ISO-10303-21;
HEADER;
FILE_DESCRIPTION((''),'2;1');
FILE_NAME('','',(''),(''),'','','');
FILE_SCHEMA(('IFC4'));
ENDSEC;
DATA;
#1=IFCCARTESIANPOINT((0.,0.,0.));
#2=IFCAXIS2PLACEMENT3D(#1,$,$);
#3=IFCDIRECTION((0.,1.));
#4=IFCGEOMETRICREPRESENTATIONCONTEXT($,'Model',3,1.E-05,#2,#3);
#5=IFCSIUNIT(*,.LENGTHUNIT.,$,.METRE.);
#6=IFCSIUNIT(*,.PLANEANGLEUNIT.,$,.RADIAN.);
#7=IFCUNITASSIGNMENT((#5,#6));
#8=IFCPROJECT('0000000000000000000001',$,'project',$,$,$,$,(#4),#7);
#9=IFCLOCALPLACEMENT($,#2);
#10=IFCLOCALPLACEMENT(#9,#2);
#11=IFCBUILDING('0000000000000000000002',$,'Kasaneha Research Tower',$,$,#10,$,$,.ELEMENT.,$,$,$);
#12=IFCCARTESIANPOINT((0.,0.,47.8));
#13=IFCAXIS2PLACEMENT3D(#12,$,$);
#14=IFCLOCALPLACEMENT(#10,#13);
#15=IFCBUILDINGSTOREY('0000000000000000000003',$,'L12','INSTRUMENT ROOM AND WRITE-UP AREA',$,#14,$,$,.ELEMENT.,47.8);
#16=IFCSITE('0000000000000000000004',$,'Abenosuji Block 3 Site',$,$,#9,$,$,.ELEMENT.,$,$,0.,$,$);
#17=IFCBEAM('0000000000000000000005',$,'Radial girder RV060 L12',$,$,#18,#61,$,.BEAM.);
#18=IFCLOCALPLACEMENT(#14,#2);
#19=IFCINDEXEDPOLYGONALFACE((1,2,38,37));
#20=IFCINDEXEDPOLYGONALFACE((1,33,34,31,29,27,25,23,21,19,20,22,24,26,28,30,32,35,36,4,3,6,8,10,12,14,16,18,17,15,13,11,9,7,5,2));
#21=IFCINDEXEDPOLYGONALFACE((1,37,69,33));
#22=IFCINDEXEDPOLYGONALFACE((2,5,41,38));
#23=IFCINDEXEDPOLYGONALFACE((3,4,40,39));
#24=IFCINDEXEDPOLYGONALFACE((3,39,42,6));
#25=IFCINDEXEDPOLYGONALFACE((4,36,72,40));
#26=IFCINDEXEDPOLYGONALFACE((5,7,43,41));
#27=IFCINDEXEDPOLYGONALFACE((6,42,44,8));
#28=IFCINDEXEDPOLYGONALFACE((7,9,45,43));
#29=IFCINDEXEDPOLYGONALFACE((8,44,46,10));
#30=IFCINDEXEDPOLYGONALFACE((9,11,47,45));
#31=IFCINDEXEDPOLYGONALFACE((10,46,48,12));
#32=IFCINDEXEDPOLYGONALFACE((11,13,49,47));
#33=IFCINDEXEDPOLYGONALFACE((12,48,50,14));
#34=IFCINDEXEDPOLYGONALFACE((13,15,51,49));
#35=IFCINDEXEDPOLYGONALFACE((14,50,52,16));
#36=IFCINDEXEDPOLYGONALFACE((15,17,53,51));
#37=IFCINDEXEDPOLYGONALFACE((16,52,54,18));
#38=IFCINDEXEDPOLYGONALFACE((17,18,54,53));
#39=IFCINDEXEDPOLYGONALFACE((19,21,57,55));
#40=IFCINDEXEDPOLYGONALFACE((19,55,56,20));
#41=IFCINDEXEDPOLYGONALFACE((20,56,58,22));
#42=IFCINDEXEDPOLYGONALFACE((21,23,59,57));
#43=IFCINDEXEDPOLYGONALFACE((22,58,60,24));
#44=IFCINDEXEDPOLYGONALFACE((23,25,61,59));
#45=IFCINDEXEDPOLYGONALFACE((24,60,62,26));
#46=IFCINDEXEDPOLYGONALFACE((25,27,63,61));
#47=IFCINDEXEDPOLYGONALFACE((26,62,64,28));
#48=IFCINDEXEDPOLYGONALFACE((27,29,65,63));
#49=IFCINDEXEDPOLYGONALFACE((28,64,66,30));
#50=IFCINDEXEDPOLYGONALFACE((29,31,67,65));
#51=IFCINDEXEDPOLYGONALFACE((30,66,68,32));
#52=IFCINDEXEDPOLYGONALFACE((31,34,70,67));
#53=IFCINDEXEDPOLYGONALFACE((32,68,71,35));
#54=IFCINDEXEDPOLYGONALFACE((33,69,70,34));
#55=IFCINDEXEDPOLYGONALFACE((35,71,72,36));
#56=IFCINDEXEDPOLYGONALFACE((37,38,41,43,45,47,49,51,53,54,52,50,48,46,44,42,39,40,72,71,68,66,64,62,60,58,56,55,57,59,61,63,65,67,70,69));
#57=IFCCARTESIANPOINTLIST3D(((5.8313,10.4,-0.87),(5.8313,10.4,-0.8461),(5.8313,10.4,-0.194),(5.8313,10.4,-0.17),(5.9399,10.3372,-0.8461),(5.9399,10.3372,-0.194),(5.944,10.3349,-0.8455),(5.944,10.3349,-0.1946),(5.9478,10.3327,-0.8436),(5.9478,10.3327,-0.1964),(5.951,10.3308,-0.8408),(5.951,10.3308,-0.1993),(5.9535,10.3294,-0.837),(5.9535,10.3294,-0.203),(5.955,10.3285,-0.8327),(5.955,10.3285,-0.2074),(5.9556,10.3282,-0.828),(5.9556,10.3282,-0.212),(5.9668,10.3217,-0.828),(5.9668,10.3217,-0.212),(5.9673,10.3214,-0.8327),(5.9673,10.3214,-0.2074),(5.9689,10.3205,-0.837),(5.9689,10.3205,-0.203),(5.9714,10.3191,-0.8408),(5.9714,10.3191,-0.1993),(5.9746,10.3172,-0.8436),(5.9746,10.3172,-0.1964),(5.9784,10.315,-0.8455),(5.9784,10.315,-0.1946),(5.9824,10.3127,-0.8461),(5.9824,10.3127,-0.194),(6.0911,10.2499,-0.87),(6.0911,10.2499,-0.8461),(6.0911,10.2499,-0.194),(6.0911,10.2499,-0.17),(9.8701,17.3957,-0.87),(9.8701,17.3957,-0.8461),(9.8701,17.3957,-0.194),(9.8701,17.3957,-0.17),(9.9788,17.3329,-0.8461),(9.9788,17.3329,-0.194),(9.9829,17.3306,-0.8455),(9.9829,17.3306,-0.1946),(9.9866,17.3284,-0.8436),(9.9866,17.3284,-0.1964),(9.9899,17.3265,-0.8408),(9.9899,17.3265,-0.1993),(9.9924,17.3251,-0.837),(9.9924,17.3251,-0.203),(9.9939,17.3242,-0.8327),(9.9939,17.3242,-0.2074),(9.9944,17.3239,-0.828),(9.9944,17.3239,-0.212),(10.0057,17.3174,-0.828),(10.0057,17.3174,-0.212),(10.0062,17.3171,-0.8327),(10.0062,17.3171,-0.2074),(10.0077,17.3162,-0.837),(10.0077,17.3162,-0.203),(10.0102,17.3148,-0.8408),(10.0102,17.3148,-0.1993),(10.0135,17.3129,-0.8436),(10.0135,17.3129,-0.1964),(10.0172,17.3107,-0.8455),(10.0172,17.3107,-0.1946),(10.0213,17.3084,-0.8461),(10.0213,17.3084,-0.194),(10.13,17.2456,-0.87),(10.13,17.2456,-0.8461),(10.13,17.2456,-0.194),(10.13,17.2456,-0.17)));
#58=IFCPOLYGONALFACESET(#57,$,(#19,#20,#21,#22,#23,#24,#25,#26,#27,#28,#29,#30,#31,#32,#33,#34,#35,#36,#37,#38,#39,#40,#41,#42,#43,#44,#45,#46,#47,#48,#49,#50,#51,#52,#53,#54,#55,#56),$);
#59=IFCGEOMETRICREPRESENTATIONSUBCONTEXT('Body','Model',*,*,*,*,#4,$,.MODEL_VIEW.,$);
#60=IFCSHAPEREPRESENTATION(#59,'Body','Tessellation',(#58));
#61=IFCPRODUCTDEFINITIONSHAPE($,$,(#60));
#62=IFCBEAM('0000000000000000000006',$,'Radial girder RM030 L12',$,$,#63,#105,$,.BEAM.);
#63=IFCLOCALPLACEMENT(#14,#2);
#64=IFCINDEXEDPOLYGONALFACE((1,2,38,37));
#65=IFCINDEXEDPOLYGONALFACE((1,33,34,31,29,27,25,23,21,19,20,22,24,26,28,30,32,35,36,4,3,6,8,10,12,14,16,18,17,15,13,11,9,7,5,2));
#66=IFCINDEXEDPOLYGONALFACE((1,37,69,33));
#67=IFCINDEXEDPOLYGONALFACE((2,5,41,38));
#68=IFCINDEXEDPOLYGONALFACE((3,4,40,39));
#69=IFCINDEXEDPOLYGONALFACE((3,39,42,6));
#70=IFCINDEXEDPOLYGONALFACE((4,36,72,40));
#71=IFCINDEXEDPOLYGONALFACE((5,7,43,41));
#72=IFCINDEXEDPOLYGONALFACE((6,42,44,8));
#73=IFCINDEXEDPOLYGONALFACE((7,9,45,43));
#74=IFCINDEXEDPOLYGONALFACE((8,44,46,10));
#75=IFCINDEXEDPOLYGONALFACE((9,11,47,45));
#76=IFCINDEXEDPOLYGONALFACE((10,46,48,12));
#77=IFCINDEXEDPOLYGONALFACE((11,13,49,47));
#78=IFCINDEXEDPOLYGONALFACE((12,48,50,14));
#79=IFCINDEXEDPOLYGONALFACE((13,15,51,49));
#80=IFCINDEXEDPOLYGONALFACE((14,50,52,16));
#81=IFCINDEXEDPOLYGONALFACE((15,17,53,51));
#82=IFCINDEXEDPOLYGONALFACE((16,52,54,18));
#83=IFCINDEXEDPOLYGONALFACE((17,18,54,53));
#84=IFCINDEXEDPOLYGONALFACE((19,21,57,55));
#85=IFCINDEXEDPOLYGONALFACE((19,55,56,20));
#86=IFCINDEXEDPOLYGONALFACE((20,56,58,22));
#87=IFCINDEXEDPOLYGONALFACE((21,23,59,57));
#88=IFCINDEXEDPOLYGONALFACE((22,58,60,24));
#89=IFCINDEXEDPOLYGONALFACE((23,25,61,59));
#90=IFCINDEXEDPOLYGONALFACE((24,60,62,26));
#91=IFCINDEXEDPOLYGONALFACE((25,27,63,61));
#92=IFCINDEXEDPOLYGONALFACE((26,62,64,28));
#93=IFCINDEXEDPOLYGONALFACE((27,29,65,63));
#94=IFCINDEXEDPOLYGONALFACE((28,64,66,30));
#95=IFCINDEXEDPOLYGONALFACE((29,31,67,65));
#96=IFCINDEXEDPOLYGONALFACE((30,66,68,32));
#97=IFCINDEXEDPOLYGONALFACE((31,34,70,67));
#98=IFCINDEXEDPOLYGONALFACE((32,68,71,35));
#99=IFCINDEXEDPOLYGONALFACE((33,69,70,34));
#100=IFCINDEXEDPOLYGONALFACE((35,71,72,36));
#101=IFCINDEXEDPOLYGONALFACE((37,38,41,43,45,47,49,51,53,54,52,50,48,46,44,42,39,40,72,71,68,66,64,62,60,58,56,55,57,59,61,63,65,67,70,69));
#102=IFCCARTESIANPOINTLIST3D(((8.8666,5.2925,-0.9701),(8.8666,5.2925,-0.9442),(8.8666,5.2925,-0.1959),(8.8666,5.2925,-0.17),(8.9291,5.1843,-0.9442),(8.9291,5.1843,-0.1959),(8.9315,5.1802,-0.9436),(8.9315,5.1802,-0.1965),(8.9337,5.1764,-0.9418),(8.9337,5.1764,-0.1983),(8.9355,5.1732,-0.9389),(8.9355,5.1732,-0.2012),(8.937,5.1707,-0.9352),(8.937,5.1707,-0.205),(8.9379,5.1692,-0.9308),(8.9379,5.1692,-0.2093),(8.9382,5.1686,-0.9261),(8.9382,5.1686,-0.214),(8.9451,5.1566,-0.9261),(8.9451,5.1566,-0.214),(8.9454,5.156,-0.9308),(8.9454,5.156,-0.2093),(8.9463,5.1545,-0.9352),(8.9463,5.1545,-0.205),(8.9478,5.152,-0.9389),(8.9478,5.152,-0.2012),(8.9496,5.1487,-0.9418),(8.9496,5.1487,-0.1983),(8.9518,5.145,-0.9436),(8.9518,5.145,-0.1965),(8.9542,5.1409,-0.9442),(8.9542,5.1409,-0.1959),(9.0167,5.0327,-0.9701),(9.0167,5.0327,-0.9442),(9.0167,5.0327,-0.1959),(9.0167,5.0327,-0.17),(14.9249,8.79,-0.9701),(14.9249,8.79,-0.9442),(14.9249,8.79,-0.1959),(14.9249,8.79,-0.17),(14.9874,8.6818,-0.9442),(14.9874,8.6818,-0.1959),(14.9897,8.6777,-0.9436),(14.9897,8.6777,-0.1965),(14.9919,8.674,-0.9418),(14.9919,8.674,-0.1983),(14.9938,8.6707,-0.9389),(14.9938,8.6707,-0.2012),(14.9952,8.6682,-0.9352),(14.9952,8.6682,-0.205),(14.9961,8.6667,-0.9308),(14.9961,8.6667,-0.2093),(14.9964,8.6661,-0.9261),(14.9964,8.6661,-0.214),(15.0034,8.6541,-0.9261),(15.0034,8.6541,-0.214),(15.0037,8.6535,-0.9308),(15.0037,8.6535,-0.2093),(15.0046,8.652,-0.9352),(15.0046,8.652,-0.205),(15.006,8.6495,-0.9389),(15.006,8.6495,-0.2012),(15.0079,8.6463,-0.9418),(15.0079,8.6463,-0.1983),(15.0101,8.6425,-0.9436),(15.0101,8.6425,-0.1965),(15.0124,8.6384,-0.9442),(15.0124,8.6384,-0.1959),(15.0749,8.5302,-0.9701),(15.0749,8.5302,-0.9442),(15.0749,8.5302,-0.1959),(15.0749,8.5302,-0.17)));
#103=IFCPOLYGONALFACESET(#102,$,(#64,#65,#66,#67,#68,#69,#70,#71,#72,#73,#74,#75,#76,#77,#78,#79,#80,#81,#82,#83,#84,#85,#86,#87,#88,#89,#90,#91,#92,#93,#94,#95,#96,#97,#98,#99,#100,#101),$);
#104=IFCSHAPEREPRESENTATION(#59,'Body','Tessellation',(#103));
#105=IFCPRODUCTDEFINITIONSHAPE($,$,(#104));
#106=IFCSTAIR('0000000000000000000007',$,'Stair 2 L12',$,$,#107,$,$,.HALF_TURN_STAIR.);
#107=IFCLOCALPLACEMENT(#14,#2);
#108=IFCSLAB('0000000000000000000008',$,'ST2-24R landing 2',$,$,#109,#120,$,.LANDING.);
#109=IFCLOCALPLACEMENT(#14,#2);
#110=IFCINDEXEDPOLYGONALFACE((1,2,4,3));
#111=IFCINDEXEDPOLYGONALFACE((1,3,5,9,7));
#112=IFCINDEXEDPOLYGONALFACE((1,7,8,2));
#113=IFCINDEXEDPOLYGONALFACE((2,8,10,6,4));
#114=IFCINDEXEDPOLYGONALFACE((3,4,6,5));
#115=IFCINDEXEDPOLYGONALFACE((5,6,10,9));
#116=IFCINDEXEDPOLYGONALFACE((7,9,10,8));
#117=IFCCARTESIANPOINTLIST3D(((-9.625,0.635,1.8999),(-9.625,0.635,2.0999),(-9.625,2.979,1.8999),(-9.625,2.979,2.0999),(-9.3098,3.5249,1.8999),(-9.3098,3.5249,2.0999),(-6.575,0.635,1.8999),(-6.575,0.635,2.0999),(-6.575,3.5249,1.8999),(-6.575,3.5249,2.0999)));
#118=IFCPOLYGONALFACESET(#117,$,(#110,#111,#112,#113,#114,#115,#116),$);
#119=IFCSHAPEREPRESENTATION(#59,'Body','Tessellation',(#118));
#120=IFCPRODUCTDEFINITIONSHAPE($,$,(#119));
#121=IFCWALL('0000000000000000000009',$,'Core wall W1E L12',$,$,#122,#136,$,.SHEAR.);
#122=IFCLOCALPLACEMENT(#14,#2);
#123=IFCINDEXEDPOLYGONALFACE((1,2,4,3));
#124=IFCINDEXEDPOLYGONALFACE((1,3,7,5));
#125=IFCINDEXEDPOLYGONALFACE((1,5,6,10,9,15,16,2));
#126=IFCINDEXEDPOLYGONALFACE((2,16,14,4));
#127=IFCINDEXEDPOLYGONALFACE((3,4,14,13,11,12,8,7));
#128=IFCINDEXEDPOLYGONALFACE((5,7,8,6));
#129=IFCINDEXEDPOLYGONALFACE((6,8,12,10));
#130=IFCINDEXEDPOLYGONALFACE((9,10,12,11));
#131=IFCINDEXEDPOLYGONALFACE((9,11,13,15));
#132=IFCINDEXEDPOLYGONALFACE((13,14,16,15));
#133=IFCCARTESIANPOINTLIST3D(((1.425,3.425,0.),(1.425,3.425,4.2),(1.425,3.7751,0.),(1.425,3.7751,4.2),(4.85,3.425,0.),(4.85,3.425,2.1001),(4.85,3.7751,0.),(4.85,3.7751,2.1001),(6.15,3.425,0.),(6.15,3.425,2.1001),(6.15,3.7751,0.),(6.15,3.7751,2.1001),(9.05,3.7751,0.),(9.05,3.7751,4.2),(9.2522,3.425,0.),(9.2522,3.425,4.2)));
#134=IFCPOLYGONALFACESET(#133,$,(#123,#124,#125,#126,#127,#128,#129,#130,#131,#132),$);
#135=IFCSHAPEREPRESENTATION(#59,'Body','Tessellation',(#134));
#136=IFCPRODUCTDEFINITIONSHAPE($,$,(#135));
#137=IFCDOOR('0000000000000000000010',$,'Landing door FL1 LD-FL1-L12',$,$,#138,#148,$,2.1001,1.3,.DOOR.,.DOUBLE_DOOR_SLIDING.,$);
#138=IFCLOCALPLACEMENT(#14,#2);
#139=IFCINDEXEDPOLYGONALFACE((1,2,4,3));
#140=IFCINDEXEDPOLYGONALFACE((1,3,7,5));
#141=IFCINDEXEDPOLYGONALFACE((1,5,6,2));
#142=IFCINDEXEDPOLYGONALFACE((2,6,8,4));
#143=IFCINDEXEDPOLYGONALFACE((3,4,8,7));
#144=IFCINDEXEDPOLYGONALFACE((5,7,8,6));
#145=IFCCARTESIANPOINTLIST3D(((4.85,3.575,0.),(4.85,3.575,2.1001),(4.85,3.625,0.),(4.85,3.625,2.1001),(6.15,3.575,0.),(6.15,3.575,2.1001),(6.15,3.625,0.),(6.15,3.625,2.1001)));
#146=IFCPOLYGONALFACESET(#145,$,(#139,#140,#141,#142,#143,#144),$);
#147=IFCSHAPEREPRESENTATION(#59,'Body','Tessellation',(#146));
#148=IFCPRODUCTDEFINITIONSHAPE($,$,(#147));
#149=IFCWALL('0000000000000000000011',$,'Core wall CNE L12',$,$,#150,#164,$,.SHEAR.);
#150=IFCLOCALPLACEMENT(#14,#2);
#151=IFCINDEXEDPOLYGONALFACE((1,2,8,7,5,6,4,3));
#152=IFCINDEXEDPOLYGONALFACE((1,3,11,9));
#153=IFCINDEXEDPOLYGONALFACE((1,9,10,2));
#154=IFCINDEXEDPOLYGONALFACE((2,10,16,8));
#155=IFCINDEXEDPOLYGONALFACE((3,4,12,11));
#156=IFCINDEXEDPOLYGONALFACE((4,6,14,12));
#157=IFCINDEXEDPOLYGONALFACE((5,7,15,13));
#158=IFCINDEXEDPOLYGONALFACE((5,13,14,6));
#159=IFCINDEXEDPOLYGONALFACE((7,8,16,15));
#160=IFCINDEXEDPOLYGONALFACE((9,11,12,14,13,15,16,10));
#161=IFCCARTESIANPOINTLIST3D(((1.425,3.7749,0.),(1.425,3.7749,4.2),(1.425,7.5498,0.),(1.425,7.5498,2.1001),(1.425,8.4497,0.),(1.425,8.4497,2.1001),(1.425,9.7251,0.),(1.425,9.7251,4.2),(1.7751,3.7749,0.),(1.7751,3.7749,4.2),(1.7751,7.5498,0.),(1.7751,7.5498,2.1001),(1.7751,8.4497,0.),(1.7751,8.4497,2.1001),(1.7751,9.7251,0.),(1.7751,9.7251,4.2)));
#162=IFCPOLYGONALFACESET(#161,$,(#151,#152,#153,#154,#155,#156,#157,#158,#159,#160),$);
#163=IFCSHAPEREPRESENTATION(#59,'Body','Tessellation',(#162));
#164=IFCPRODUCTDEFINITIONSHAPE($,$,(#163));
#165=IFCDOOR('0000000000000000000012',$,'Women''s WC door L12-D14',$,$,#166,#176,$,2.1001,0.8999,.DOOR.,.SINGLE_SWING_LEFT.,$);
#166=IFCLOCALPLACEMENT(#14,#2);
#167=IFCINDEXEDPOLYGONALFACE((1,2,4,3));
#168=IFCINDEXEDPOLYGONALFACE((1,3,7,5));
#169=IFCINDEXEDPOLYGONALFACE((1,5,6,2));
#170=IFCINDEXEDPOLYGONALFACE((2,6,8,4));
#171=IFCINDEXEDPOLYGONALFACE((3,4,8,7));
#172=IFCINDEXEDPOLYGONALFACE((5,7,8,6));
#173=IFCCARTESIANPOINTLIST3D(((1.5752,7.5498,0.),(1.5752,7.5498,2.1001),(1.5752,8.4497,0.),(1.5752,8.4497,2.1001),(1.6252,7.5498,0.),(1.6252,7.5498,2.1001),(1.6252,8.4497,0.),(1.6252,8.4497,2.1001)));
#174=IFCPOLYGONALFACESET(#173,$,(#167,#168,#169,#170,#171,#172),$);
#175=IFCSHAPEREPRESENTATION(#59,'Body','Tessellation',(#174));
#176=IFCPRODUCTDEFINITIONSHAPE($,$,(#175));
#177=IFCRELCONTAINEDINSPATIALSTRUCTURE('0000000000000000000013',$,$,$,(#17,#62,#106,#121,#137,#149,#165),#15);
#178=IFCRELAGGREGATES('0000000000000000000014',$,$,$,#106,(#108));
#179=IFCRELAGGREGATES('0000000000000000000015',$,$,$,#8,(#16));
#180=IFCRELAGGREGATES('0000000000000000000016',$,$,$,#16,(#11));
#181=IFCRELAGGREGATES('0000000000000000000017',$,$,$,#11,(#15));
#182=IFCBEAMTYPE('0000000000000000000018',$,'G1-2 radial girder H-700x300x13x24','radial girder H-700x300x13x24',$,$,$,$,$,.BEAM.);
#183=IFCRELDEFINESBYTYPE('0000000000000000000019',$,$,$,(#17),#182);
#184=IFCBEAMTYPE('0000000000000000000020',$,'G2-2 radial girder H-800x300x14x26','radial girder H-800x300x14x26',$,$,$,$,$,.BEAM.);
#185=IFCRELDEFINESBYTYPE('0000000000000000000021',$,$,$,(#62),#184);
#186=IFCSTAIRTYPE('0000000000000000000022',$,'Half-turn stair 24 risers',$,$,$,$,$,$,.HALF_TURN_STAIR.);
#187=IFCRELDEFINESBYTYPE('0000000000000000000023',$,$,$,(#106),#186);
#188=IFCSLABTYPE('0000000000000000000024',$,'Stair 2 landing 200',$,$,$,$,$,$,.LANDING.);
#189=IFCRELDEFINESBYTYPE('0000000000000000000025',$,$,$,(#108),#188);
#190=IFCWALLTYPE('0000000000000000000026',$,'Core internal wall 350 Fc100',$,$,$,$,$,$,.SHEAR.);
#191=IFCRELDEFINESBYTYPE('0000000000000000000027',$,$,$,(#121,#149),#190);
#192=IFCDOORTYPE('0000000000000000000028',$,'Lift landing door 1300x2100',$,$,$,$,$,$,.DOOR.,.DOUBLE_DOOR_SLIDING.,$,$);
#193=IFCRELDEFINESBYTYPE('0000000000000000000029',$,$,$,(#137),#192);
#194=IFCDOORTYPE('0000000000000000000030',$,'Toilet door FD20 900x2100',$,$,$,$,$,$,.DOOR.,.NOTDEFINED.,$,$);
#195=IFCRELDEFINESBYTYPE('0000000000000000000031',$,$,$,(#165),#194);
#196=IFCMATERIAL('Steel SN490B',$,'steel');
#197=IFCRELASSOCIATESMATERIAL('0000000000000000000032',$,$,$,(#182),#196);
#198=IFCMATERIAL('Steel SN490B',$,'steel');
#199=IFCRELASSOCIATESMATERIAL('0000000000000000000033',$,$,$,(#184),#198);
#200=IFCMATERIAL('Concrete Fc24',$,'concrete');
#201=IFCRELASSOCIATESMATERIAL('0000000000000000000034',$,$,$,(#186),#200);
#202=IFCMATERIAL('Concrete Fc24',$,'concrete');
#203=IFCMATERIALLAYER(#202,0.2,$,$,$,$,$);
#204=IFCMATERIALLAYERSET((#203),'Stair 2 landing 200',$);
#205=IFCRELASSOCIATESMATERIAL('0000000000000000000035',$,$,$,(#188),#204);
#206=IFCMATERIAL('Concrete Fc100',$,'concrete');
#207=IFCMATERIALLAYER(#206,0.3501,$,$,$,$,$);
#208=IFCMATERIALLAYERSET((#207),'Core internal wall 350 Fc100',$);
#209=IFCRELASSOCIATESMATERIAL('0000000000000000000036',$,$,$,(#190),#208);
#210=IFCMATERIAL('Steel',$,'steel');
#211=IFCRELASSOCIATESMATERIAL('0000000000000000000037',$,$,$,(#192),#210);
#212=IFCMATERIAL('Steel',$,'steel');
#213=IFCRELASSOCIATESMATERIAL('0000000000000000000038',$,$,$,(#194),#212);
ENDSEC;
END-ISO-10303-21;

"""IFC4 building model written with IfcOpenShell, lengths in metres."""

from ifc_helpers import new_model, si_unit, direction, frame, frame_2d, origin, origin_2d, place, context, subcontext, project, spatial, polyline, rectangle, i_section, outline, extrude, material, layer, layer_set, material_profile, profile_set, type_object, element, fill, aggregate, save


model = new_model("IFC4")

# Units and contexts
model_context = context("Model", 3, precision=1e-05, world=origin(), true_north=direction((0.0, 1.0)))
body_context = subcontext(model_context, "Body", "Model", "MODEL_VIEW")
ifc_project = project(units=[si_unit("LENGTHUNIT", "METRE"), si_unit("PLANEANGLEUNIT", "RADIAN")], contexts=[model_context])

# Site, building, storey
site_placement = place(None, origin())
site = spatial("IfcSite", under=ifc_project, at=site_placement, Name="Abenosuji Block 3 Site", CompositionType="ELEMENT", RefElevation=0.0)
building_placement = place(site_placement, origin())
building = spatial("IfcBuilding", under=site, at=building_placement, Name="Kasaneha Research Tower", CompositionType="ELEMENT")
storey_placement = place(building_placement, frame((0.0, 0.0, 47.8)))
storey = spatial("IfcBuildingStorey", under=building, at=storey_placement, Name="L12", Description="INSTRUMENT ROOM AND WRITE-UP AREA", CompositionType="ELEMENT", Elevation=47.8)

# Beams
ifc_material_1 = material(Name="Steel SN490B", Category="steel")
ifc_material_profile_1 = material_profile(ifc_material_1, i_section(OverallWidth=0.3, OverallDepth=0.7, WebThickness=0.0129, FlangeThickness=0.0239, FilletRadius=0.0181, at=origin_2d()), Name="H-700x300x13x24")
ifc_profile_set_1 = profile_set([ifc_material_profile_1], Name="Steel SN490B")
beam_type_1 = type_object("IfcBeamType", Name="G1-2 radial girder H-700x300x13x24", Description="radial girder H-700x300x13x24", PredefinedType="BEAM", material=ifc_profile_set_1)
beam_1_placement = place(storey_placement, frame((5.9612, 10.325, -0.52), z_axis=(0.499991, 0.866031, 0.0), x_axis=(-0.866031, 0.499991, 0.0)))
element("IfcBeam", 1, at=beam_1_placement, inside=storey, type_object=beam_type_1, Name="Radial girder RV060 L12", PredefinedType="BEAM", context=body_context, shape_type="SweptSolid", body=[
    extrude(i_section(OverallWidth=0.3, OverallDepth=0.7, WebThickness=0.0129, FlangeThickness=0.0239, FilletRadius=0.0181, at=origin_2d()), origin(), (0.0, 0.0, 1.0), 8.0779),
])
ifc_material_2 = material(Name="Steel SN490B", Category="steel")
ifc_material_profile_2 = material_profile(ifc_material_2, i_section(OverallWidth=0.3, OverallDepth=0.8, WebThickness=0.0139, FlangeThickness=0.0259, FilletRadius=0.0181, at=origin_2d()), Name="H-800x300x14x26")
ifc_profile_set_2 = profile_set([ifc_material_profile_2], Name="Steel SN490B")
beam_type_2 = type_object("IfcBeamType", Name="G2-2 radial girder H-800x300x14x26", Description="radial girder H-800x300x14x26", PredefinedType="BEAM", material=ifc_profile_set_2)
beam_2_placement = place(storey_placement, frame((8.9417, 5.1626, -0.5701), z_axis=(0.86604, 0.499975, 0.0), x_axis=(-0.499975, 0.86604, 0.0)))
element("IfcBeam", 2, at=beam_2_placement, inside=storey, type_object=beam_type_2, Name="Radial girder RM030 L12", PredefinedType="BEAM", context=body_context, shape_type="SweptSolid", body=[
    extrude(i_section(OverallWidth=0.3, OverallDepth=0.8, WebThickness=0.0139, FlangeThickness=0.0259, FilletRadius=0.0181, at=origin_2d()), origin(), (0.0, 0.0, 1.0), 6.9954),
])

# Stair, slab
ifc_material_3 = material(Name="Concrete Fc24", Category="concrete")
stair_type = type_object("IfcStairType", Name="Half-turn stair 24 risers", PredefinedType="HALF_TURN_STAIR", material=ifc_material_3)
stair_1_placement = place(storey_placement, origin())
stair_1 = element("IfcStair", 3, at=stair_1_placement, inside=storey, type_object=stair_type, Name="Stair 2 L12", PredefinedType="HALF_TURN_STAIR")
ifc_material_4 = material(Name="Concrete Fc24", Category="concrete")
ifc_layer_1 = layer(ifc_material_4, 0.2)
ifc_layer_set_1 = layer_set([ifc_layer_1], Name="Stair 2 landing 200")
slab_type = type_object("IfcSlabType", Name="Stair 2 landing 200", PredefinedType="LANDING", material=ifc_layer_set_1)
slab_placement = place(storey_placement, frame((0.0, 0.0, 1.8999)))
slab = element("IfcSlab", 4, at=slab_placement, type_object=slab_type, Name="ST2-24R landing 2", PredefinedType="LANDING", context=body_context, shape_type="SweptSolid", body=[
    extrude(outline(polyline([(-6.575, 0.635), (-9.625, 0.635), (-9.625, 2.979), (-9.3098, 3.5249), (-6.575, 3.5249), (-6.575, 0.635)])), origin(), (0.0, 0.0, 1.0), 0.2),
])
aggregate(stair_1, [slab])

# Walls, openings, doors
ifc_material_5 = material(Name="Concrete Fc100", Category="concrete")
ifc_layer_2 = layer(ifc_material_5, 0.3501)
ifc_layer_set_2 = layer_set([ifc_layer_2], Name="Core internal wall 350 Fc100")
wall_type_1 = type_object("IfcWallType", Name="Core internal wall 350 Fc100", PredefinedType="SHEAR", material=ifc_layer_set_2)
wall_1_placement = place(storey_placement, frame((1.425, 3.6001, 0.0), z_axis=(0.0, 0.0, 1.0), x_axis=(1.0, 0.0, 0.0)))
wall_1 = element("IfcWall", 5, at=wall_1_placement, inside=storey, type_object=wall_type_1, Name="Core wall W1E L12", PredefinedType="SHEAR", context=body_context, shape_type="SweptSolid", body=[
    extrude(outline(polyline([(0.0, -0.175), (3.425, -0.175), (4.7251, -0.175), (7.8271, -0.175), (7.625, 0.175), (4.7251, 0.175), (3.425, 0.175), (0.0, 0.175), (0.0, -0.175)])), origin(), (0.0, 0.0, 1.0), 4.2),
])
opening_1_placement = place(wall_1_placement, frame((3.425, 0.0, 0.0)))
opening_1 = element("IfcOpeningElement", 6, at=opening_1_placement, cuts=wall_1, PredefinedType="OPENING", context=body_context, shape_type="SweptSolid", body=[
    extrude(rectangle(XDim=1.3, YDim=2.1001, at=frame_2d((0.6499, 1.05))), frame((0.0, 0.1851, 0.0), z_axis=(0.0, -1.0, 0.0), x_axis=(1.0, 0.0, 0.0)), (0.0, 0.0, 1.0), 0.3701),
])
ifc_material_6 = material(Name="Steel", Category="steel")
door_type_1 = type_object("IfcDoorType", Name="Lift landing door 1300x2100", OperationType="DOUBLE_DOOR_SLIDING", PredefinedType="DOOR", material=ifc_material_6)
door_1_placement = place(opening_1_placement, origin())
door_1 = element("IfcDoor", 7, at=door_1_placement, inside=storey, type_object=door_type_1, Name="Landing door FL1 LD-FL1-L12", OperationType="DOUBLE_DOOR_SLIDING", OverallHeight=2.1001, OverallWidth=1.3, PredefinedType="DOOR", context=body_context, shape_type="SweptSolid", body=[
    extrude(rectangle(XDim=1.3, YDim=2.1001, at=frame_2d((0.6499, 1.05))), frame((0.0, 0.0249, 0.0), z_axis=(0.0, -1.0, 0.0), x_axis=(1.0, 0.0, 0.0)), (0.0, 0.0, 1.0), 0.05),
])
fill(opening_1, door_1)
wall_2_placement = place(storey_placement, frame((1.6001, 3.7749, 0.0), z_axis=(0.0, 0.0, 1.0), x_axis=(0.0, 1.0, 0.0)))
wall_2 = element("IfcWall", 8, at=wall_2_placement, inside=storey, type_object=wall_type_1, Name="Core wall CNE L12", PredefinedType="SHEAR", context=body_context, shape_type="SweptSolid", body=[
    extrude(rectangle(XDim=5.9502, YDim=0.3501, at=frame_2d((2.9751, 0.0))), origin(), (0.0, 0.0, 1.0), 4.2),
])
opening_2_placement = place(wall_2_placement, frame((3.7749, 0.0, 0.0)))
opening_2 = element("IfcOpeningElement", 9, at=opening_2_placement, cuts=wall_2, PredefinedType="OPENING", context=body_context, shape_type="SweptSolid", body=[
    extrude(rectangle(XDim=0.8999, YDim=2.1001, at=frame_2d((0.45, 1.05))), frame((0.0, 0.1851, 0.0), z_axis=(0.0, -1.0, 0.0), x_axis=(1.0, 0.0, 0.0)), (0.0, 0.0, 1.0), 0.3701),
])
ifc_material_7 = material(Name="Steel", Category="steel")
door_type_2 = type_object("IfcDoorType", Name="Toilet door FD20 900x2100", OperationType="NOTDEFINED", PredefinedType="DOOR", material=ifc_material_7)
door_2_placement = place(opening_2_placement, origin())
door_2 = element("IfcDoor", 10, at=door_2_placement, inside=storey, type_object=door_type_2, Name="Women's WC door L12-D14", OperationType="SINGLE_SWING_LEFT", OverallHeight=2.1001, OverallWidth=0.8999, PredefinedType="DOOR", context=body_context, shape_type="SweptSolid", body=[
    extrude(rectangle(XDim=0.8999, YDim=2.1001, at=frame_2d((0.45, 1.05))), frame((0.0, 0.0249, 0.0), z_axis=(0.0, -1.0, 0.0), x_axis=(1.0, 0.0, 0.0)), (0.0, 0.0, 1.0), 0.05),
])
fill(opening_2, door_2)

save(model, "model.ifc")
